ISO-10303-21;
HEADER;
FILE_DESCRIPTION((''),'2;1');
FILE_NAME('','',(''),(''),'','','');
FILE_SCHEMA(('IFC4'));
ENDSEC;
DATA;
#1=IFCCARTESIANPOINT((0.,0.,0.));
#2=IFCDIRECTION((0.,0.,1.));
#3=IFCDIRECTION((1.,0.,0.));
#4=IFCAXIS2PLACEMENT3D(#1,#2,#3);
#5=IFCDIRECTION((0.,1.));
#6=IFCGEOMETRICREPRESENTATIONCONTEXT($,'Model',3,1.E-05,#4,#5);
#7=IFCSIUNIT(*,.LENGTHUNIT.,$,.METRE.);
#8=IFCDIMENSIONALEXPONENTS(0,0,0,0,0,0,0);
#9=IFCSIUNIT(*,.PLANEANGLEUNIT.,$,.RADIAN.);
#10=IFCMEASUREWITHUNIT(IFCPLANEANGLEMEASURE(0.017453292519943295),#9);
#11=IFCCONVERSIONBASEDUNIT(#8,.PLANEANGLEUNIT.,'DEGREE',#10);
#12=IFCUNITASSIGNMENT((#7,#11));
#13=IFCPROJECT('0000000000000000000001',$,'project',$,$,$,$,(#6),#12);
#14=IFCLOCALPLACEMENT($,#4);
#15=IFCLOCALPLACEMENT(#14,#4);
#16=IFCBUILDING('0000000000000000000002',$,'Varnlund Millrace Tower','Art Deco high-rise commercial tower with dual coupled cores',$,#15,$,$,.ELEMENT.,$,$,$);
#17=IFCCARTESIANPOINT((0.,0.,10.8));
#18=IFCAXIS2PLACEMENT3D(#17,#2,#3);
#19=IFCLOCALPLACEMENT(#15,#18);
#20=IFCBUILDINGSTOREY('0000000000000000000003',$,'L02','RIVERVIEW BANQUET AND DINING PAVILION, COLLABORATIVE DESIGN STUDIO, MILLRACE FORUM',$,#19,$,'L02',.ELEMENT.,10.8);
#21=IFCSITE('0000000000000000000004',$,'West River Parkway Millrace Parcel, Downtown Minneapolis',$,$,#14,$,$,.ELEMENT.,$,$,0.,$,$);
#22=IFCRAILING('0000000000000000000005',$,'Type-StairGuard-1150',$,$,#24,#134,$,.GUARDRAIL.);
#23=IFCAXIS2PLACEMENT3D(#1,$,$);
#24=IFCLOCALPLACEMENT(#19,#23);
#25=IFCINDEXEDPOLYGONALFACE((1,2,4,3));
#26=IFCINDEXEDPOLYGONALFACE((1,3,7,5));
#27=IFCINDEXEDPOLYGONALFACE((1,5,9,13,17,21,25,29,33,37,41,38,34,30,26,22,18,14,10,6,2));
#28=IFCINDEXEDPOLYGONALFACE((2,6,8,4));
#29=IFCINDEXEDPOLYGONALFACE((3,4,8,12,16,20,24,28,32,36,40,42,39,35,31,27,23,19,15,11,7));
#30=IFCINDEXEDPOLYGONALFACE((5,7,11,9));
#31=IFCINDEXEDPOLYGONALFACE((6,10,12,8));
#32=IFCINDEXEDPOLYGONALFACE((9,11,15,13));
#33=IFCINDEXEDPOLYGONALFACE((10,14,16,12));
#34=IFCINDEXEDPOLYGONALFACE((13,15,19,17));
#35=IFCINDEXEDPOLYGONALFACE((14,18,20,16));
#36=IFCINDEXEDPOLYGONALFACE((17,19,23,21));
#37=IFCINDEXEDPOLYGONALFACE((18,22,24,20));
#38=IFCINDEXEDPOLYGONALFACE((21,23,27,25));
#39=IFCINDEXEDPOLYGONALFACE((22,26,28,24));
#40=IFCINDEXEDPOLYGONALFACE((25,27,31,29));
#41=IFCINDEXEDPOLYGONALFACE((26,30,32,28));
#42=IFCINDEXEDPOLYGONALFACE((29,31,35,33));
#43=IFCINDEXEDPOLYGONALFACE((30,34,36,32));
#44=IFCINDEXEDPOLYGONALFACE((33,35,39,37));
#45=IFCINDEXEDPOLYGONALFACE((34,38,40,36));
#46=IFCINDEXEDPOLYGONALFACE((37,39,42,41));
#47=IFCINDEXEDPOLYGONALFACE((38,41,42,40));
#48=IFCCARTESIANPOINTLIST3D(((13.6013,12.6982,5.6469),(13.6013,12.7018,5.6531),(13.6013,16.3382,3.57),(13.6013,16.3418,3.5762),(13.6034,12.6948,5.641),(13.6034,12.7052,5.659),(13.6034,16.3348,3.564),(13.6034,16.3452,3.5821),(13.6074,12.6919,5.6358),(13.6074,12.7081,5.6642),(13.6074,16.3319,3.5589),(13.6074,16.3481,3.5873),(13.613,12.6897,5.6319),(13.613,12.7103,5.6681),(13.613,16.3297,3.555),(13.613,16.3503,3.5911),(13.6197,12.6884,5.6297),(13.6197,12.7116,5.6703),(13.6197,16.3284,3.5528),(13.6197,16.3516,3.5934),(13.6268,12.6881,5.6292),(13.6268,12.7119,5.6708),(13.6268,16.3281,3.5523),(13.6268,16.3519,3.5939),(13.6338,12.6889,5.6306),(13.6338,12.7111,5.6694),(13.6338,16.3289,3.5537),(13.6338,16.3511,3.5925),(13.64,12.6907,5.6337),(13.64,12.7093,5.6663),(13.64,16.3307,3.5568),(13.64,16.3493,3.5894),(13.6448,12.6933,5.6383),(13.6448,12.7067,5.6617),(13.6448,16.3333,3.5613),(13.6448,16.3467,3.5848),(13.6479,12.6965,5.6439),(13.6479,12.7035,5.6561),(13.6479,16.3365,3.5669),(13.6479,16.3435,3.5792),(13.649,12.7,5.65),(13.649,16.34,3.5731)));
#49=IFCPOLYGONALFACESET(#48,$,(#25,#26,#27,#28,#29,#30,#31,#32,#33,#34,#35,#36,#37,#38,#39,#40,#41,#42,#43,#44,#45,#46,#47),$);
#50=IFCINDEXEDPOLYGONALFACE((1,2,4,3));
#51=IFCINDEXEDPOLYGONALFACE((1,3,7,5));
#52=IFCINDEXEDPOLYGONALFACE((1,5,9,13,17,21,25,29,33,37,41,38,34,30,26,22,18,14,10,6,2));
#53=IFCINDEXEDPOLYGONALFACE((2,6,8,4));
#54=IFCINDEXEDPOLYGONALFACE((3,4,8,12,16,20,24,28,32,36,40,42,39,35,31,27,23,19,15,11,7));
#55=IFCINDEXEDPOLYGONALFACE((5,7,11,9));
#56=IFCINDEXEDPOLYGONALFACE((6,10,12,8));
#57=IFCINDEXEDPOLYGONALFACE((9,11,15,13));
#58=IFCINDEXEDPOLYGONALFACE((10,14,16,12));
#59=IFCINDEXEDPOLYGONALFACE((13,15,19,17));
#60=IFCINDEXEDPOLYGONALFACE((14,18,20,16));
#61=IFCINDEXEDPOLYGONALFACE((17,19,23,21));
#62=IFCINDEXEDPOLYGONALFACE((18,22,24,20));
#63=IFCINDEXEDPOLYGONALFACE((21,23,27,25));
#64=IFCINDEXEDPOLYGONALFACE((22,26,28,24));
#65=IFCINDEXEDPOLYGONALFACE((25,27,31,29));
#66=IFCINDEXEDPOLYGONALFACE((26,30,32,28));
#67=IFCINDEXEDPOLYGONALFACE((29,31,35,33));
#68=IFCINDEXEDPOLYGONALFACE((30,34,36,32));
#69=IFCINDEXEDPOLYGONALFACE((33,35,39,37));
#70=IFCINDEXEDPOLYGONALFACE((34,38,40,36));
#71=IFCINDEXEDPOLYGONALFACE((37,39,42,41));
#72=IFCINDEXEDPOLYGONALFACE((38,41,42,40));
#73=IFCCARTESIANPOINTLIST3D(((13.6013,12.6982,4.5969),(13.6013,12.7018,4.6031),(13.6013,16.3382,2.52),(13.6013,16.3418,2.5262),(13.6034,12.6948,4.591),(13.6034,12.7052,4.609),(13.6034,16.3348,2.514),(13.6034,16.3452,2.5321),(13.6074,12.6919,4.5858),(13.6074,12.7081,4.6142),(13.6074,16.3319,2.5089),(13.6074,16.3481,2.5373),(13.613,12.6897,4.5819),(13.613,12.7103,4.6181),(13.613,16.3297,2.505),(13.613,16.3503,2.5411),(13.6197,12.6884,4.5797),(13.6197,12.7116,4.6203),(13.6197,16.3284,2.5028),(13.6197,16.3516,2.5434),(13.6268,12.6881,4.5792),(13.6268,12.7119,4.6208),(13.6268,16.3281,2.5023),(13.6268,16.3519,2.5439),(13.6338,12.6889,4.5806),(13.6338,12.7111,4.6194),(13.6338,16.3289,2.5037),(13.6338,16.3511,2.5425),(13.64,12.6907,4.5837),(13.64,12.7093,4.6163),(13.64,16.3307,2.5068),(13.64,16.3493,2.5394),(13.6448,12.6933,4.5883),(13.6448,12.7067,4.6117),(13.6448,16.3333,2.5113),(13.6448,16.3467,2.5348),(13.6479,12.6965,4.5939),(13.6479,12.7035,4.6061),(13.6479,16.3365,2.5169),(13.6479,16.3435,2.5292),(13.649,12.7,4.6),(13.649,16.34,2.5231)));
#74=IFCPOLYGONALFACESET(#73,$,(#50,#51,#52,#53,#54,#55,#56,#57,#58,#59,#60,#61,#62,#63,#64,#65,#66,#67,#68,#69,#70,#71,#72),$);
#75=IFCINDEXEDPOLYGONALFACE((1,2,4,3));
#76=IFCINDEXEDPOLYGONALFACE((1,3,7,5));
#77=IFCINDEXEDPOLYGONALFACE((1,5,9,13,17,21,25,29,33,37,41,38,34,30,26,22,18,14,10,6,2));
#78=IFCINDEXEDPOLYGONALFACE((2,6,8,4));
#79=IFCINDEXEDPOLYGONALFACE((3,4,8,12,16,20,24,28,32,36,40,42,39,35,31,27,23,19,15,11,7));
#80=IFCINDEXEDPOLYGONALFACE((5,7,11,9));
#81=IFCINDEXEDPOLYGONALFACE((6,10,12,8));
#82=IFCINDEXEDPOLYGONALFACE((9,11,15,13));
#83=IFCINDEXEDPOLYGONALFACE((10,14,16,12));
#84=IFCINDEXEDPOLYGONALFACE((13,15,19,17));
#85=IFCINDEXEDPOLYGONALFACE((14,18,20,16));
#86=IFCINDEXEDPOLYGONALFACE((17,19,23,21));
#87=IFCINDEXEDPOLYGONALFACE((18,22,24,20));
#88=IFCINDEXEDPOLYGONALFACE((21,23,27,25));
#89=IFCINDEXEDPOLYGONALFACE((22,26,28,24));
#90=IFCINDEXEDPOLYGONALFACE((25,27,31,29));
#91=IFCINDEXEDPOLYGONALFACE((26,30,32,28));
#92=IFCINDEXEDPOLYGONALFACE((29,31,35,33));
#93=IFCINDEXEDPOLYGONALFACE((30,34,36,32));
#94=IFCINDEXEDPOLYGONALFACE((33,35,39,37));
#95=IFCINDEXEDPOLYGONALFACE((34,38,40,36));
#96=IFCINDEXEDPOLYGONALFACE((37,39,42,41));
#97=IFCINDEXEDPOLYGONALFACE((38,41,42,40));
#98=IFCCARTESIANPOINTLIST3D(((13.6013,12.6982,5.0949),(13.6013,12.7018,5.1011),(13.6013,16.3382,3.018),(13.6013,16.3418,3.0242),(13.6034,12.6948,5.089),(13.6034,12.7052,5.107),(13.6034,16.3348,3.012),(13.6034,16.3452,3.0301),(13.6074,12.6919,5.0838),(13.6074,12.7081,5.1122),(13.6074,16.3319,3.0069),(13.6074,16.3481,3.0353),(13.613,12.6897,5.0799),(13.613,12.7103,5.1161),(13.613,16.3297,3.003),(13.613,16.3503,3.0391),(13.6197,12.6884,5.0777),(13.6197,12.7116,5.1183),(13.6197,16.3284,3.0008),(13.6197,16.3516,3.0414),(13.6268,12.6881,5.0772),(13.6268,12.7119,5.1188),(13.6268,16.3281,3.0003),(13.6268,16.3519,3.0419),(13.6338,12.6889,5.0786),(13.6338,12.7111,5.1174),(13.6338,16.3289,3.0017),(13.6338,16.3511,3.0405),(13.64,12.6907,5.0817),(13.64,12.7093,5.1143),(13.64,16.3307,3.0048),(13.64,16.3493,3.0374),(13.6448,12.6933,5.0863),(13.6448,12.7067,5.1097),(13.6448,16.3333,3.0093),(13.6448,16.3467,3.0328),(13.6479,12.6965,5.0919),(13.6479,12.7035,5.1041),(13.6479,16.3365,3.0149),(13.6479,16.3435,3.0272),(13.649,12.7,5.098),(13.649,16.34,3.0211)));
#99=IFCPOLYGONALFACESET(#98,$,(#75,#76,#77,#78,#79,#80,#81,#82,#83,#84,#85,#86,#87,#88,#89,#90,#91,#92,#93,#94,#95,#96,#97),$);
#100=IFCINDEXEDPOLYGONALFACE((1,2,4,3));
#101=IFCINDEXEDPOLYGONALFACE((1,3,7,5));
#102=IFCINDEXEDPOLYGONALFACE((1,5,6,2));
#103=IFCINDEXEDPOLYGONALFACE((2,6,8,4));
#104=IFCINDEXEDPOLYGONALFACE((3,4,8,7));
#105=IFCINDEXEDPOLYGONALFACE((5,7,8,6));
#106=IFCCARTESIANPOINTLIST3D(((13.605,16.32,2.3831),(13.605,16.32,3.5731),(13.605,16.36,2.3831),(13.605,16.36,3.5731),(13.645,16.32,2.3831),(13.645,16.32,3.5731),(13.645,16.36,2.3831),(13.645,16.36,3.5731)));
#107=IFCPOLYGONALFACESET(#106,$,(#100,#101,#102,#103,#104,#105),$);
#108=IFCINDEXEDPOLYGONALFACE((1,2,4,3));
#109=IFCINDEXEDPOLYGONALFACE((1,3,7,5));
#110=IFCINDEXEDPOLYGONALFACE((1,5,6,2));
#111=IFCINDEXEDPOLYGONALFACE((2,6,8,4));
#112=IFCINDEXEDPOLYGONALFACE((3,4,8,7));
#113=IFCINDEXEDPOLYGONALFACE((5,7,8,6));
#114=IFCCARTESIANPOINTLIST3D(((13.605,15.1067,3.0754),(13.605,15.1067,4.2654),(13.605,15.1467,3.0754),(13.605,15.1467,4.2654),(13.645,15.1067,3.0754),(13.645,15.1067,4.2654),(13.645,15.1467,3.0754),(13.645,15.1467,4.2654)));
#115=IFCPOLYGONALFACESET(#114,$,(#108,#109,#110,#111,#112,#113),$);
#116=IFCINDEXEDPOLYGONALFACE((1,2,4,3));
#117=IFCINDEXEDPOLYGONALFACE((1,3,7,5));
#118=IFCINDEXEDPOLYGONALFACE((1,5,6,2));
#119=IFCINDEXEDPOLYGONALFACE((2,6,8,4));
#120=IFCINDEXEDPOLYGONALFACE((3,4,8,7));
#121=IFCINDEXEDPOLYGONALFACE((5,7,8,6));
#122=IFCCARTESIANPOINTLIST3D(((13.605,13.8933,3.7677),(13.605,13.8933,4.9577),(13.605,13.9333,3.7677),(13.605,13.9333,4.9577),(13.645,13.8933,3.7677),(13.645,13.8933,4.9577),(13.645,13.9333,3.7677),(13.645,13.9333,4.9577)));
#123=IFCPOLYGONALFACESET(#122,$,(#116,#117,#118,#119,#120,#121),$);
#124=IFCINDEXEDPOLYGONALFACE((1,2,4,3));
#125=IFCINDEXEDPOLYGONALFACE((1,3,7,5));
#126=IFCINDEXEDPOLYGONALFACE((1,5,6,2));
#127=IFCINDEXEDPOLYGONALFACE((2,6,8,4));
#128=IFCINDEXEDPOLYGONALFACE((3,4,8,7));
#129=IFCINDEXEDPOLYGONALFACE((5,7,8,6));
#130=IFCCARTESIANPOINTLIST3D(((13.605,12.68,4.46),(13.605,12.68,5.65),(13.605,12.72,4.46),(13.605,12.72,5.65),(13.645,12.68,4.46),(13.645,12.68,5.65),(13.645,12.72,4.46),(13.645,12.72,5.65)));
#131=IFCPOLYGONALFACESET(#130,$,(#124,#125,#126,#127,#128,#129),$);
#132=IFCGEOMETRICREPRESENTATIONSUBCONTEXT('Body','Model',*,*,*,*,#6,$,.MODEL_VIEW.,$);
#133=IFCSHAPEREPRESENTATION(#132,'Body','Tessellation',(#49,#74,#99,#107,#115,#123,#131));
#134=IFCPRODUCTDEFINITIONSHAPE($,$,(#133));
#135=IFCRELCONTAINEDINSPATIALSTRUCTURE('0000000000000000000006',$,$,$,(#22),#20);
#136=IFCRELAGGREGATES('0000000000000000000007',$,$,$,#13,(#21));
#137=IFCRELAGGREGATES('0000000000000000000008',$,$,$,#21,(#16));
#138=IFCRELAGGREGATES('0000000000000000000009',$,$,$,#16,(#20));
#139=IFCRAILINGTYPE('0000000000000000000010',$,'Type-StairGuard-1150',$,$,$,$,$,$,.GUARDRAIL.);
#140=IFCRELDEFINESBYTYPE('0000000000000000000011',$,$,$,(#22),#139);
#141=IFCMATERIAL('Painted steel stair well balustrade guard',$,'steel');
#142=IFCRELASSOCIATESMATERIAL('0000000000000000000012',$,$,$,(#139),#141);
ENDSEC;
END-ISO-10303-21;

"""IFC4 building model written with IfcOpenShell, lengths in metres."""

from ifc_helpers import new_model, entity, si_unit, converted_unit, direction, frame, origin_with_axes, origin_2d_with_axis, place, context, subcontext, project, spatial, rectangle, circle, extrude, material, type_object, element, save


model = new_model("IFC4")

# Units and contexts
model_context = context("Model", 3, precision=1e-05, world=origin_with_axes(), true_north=direction((0.0, 1.0)))
body_context = subcontext(model_context, "Body", "Model", "MODEL_VIEW")
ifc_project = project(units=[si_unit("LENGTHUNIT", "METRE"), converted_unit("PLANEANGLEUNIT", "DEGREE", entity("IfcPlaneAngleMeasure", 0.017453292519943295), si_unit("PLANEANGLEUNIT", "RADIAN"), dimensions=[0, 0, 0, 0, 0, 0, 0])], contexts=[model_context])

# Site, building, storey
site_placement = place(None, origin_with_axes())
site = spatial("IfcSite", under=ifc_project, at=site_placement, Name="West River Parkway Millrace Parcel, Downtown Minneapolis", CompositionType="ELEMENT", RefElevation=0.0)
building_placement = place(site_placement, origin_with_axes())
building = spatial("IfcBuilding", under=site, at=building_placement, Name="Varnlund Millrace Tower", Description="Art Deco high-rise commercial tower with dual coupled cores", CompositionType="ELEMENT")
storey_placement = place(building_placement, frame((0.0, 0.0, 10.8), z_axis=(0.0, 0.0, 1.0), x_axis=(1.0, 0.0, 0.0)))
storey = spatial("IfcBuildingStorey", under=building, at=storey_placement, Name="L02", Description="RIVERVIEW BANQUET AND DINING PAVILION, COLLABORATIVE DESIGN STUDIO, MILLRACE FORUM", LongName="L02", CompositionType="ELEMENT", Elevation=10.8)

# Railing
ifc_material_1 = material(Name="Painted steel stair well balustrade guard", Category="steel")
railing_type_1 = type_object("IfcRailingType", Name="Type-StairGuard-1150", PredefinedType="GUARDRAIL", material=ifc_material_1)
railing_1_placement = place(storey_placement, frame((0.0, 0.0, -10.8), z_axis=(0.0, 0.0, 1.0), x_axis=(1.0, 0.0, 0.0)))
element("IfcRailing", 1, at=railing_1_placement, inside=storey, type_object=railing_type_1, Name="Type-StairGuard-1150", PredefinedType="GUARDRAIL", context=body_context, shape_type="SweptSolid", body=[
    extrude(circle(Radius=0.024, at=origin_2d_with_axis()), frame((13.625, 16.34, 14.3731), z_axis=(0.0, -0.868559, 0.495585), x_axis=(1.0, 0.0, 0.0)), (0.0, 0.0, 1.0), 4.1908),
    extrude(circle(Radius=0.024, at=origin_2d_with_axis()), frame((13.625, 16.34, 13.3231), z_axis=(0.0, -0.868559, 0.495585), x_axis=(1.0, 0.0, 0.0)), (0.0, 0.0, 1.0), 4.1908),
    extrude(circle(Radius=0.024, at=origin_2d_with_axis()), frame((13.625, 16.34, 13.8211), z_axis=(0.0, -0.868559, 0.495585), x_axis=(1.0, 0.0, 0.0)), (0.0, 0.0, 1.0), 4.1908),
    extrude(rectangle(XDim=0.04, YDim=0.04, at=origin_2d_with_axis()), frame((13.625, 16.34, 13.1831), z_axis=(0.0, 0.0, 1.0), x_axis=(1.0, 0.0, 0.0)), (0.0, 0.0, 1.0), 1.19),
    extrude(rectangle(XDim=0.04, YDim=0.04, at=origin_2d_with_axis()), frame((13.625, 15.1267, 13.8754), z_axis=(0.0, 0.0, 1.0), x_axis=(1.0, 0.0, 0.0)), (0.0, 0.0, 1.0), 1.19),
    extrude(rectangle(XDim=0.04, YDim=0.04, at=origin_2d_with_axis()), frame((13.625, 13.9133, 14.5677), z_axis=(0.0, 0.0, 1.0), x_axis=(1.0, 0.0, 0.0)), (0.0, 0.0, 1.0), 1.19),
    extrude(rectangle(XDim=0.04, YDim=0.04, at=origin_2d_with_axis()), frame((13.625, 12.7, 15.26), z_axis=(0.0, 0.0, 1.0), x_axis=(1.0, 0.0, 0.0)), (0.0, 0.0, 1.0), 1.19),
])

save(model, "model.ifc")
